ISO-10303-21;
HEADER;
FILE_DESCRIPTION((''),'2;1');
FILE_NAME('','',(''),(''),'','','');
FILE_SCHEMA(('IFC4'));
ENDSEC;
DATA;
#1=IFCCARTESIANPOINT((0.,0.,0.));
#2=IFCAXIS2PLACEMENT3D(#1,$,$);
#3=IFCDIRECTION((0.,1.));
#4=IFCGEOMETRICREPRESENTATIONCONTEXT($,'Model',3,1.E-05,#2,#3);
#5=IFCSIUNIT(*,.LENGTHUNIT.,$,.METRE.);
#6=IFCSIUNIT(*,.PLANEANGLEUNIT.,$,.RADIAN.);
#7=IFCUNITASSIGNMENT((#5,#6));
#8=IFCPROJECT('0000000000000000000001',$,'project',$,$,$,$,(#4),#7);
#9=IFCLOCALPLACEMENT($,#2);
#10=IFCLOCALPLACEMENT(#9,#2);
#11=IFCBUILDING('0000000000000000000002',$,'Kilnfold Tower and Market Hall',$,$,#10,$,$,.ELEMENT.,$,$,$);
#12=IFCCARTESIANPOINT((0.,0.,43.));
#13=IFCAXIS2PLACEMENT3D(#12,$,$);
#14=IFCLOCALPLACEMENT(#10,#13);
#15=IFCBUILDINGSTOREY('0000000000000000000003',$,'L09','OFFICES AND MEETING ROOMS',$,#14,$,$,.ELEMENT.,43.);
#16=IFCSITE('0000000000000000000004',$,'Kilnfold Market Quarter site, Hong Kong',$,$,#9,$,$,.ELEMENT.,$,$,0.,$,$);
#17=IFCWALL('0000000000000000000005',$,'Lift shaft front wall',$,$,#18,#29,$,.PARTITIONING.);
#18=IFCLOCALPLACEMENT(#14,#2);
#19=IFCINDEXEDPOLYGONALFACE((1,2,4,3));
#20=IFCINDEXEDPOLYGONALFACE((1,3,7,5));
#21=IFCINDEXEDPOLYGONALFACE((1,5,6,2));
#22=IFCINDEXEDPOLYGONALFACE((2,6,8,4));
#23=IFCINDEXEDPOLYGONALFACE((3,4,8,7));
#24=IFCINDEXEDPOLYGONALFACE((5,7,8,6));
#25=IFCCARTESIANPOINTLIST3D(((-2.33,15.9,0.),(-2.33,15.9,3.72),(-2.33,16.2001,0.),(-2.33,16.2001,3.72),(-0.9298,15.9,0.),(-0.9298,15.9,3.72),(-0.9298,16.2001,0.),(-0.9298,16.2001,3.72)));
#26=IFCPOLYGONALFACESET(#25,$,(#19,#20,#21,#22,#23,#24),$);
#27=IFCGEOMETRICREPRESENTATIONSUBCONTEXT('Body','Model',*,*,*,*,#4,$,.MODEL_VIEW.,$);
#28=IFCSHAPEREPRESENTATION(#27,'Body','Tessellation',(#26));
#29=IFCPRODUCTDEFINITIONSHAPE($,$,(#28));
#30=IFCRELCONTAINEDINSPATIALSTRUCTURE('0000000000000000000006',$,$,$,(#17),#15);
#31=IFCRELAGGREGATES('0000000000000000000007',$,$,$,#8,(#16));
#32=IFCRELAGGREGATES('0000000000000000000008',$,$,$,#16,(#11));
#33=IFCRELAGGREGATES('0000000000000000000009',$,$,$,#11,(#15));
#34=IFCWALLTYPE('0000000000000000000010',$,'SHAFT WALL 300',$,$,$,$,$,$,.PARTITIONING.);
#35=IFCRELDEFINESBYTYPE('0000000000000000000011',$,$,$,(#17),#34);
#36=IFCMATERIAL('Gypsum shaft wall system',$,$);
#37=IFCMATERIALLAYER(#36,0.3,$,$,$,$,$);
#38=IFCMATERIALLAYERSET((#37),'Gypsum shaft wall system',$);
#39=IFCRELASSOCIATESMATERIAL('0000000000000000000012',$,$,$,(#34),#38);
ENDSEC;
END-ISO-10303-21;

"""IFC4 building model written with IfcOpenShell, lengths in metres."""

from ifc_helpers import new_model, si_unit, direction, frame, frame_2d, origin, place, context, subcontext, project, spatial, rectangle, extrude, source, transform, mapped, material, layer, layer_set, type_object, element, save


model = new_model("IFC4")

# Units and contexts
model_context = context("Model", 3, precision=1e-05, world=origin(), true_north=direction((0.0, 1.0)))
body_context = subcontext(model_context, "Body", "Model", "MODEL_VIEW")
ifc_project = project(units=[si_unit("LENGTHUNIT", "METRE"), si_unit("PLANEANGLEUNIT", "RADIAN")], contexts=[model_context])

# Site, building, storey
site_placement = place(None, origin())
site = spatial("IfcSite", under=ifc_project, at=site_placement, Name="Kilnfold Market Quarter site, Hong Kong", CompositionType="ELEMENT", RefElevation=0.0)
building_placement = place(site_placement, origin())
building = spatial("IfcBuilding", under=site, at=building_placement, Name="Kilnfold Tower and Market Hall", CompositionType="ELEMENT")
storey_placement = place(building_placement, frame((0.0, 0.0, 43.0)))
storey = spatial("IfcBuildingStorey", under=building, at=storey_placement, Name="L09", Description="OFFICES AND MEETING ROOMS", CompositionType="ELEMENT", Elevation=43.0)

# Shared definitions
ifc_material_1 = material(Name="Gypsum shaft wall system")
ifc_layer_1 = layer(ifc_material_1, 0.3)
ifc_layer_set_1 = layer_set([ifc_layer_1], Name="Gypsum shaft wall system")
wall_type_1 = type_object("IfcWallType", Name="SHAFT WALL 300", PredefinedType="PARTITIONING", material=ifc_layer_set_1)

# Wall
shared_shape_1 = source(origin(), body_context, "Body", "SweptSolid", [
    extrude(rectangle(XDim=1.4001, YDim=0.3, at=frame_2d((0.7002, 0.0))), origin(), (0.0, 0.0, 1.0), 3.72),
])
wall_1_placement = place(storey_placement, frame((-2.3301, 16.05, 0.0), z_axis=(0.0, 0.0, 1.0), x_axis=(1.0, 0.0, 0.0)))
element("IfcWall", 1, at=wall_1_placement, inside=storey, type_object=wall_type_1, Name="Lift shaft front wall", PredefinedType="PARTITIONING", context=body_context, shape_type="MappedRepresentation", body=[
    mapped(shared_shape_1, transform((0.0, 0.0, 0.0))),
])

save(model, "model.ifc")
